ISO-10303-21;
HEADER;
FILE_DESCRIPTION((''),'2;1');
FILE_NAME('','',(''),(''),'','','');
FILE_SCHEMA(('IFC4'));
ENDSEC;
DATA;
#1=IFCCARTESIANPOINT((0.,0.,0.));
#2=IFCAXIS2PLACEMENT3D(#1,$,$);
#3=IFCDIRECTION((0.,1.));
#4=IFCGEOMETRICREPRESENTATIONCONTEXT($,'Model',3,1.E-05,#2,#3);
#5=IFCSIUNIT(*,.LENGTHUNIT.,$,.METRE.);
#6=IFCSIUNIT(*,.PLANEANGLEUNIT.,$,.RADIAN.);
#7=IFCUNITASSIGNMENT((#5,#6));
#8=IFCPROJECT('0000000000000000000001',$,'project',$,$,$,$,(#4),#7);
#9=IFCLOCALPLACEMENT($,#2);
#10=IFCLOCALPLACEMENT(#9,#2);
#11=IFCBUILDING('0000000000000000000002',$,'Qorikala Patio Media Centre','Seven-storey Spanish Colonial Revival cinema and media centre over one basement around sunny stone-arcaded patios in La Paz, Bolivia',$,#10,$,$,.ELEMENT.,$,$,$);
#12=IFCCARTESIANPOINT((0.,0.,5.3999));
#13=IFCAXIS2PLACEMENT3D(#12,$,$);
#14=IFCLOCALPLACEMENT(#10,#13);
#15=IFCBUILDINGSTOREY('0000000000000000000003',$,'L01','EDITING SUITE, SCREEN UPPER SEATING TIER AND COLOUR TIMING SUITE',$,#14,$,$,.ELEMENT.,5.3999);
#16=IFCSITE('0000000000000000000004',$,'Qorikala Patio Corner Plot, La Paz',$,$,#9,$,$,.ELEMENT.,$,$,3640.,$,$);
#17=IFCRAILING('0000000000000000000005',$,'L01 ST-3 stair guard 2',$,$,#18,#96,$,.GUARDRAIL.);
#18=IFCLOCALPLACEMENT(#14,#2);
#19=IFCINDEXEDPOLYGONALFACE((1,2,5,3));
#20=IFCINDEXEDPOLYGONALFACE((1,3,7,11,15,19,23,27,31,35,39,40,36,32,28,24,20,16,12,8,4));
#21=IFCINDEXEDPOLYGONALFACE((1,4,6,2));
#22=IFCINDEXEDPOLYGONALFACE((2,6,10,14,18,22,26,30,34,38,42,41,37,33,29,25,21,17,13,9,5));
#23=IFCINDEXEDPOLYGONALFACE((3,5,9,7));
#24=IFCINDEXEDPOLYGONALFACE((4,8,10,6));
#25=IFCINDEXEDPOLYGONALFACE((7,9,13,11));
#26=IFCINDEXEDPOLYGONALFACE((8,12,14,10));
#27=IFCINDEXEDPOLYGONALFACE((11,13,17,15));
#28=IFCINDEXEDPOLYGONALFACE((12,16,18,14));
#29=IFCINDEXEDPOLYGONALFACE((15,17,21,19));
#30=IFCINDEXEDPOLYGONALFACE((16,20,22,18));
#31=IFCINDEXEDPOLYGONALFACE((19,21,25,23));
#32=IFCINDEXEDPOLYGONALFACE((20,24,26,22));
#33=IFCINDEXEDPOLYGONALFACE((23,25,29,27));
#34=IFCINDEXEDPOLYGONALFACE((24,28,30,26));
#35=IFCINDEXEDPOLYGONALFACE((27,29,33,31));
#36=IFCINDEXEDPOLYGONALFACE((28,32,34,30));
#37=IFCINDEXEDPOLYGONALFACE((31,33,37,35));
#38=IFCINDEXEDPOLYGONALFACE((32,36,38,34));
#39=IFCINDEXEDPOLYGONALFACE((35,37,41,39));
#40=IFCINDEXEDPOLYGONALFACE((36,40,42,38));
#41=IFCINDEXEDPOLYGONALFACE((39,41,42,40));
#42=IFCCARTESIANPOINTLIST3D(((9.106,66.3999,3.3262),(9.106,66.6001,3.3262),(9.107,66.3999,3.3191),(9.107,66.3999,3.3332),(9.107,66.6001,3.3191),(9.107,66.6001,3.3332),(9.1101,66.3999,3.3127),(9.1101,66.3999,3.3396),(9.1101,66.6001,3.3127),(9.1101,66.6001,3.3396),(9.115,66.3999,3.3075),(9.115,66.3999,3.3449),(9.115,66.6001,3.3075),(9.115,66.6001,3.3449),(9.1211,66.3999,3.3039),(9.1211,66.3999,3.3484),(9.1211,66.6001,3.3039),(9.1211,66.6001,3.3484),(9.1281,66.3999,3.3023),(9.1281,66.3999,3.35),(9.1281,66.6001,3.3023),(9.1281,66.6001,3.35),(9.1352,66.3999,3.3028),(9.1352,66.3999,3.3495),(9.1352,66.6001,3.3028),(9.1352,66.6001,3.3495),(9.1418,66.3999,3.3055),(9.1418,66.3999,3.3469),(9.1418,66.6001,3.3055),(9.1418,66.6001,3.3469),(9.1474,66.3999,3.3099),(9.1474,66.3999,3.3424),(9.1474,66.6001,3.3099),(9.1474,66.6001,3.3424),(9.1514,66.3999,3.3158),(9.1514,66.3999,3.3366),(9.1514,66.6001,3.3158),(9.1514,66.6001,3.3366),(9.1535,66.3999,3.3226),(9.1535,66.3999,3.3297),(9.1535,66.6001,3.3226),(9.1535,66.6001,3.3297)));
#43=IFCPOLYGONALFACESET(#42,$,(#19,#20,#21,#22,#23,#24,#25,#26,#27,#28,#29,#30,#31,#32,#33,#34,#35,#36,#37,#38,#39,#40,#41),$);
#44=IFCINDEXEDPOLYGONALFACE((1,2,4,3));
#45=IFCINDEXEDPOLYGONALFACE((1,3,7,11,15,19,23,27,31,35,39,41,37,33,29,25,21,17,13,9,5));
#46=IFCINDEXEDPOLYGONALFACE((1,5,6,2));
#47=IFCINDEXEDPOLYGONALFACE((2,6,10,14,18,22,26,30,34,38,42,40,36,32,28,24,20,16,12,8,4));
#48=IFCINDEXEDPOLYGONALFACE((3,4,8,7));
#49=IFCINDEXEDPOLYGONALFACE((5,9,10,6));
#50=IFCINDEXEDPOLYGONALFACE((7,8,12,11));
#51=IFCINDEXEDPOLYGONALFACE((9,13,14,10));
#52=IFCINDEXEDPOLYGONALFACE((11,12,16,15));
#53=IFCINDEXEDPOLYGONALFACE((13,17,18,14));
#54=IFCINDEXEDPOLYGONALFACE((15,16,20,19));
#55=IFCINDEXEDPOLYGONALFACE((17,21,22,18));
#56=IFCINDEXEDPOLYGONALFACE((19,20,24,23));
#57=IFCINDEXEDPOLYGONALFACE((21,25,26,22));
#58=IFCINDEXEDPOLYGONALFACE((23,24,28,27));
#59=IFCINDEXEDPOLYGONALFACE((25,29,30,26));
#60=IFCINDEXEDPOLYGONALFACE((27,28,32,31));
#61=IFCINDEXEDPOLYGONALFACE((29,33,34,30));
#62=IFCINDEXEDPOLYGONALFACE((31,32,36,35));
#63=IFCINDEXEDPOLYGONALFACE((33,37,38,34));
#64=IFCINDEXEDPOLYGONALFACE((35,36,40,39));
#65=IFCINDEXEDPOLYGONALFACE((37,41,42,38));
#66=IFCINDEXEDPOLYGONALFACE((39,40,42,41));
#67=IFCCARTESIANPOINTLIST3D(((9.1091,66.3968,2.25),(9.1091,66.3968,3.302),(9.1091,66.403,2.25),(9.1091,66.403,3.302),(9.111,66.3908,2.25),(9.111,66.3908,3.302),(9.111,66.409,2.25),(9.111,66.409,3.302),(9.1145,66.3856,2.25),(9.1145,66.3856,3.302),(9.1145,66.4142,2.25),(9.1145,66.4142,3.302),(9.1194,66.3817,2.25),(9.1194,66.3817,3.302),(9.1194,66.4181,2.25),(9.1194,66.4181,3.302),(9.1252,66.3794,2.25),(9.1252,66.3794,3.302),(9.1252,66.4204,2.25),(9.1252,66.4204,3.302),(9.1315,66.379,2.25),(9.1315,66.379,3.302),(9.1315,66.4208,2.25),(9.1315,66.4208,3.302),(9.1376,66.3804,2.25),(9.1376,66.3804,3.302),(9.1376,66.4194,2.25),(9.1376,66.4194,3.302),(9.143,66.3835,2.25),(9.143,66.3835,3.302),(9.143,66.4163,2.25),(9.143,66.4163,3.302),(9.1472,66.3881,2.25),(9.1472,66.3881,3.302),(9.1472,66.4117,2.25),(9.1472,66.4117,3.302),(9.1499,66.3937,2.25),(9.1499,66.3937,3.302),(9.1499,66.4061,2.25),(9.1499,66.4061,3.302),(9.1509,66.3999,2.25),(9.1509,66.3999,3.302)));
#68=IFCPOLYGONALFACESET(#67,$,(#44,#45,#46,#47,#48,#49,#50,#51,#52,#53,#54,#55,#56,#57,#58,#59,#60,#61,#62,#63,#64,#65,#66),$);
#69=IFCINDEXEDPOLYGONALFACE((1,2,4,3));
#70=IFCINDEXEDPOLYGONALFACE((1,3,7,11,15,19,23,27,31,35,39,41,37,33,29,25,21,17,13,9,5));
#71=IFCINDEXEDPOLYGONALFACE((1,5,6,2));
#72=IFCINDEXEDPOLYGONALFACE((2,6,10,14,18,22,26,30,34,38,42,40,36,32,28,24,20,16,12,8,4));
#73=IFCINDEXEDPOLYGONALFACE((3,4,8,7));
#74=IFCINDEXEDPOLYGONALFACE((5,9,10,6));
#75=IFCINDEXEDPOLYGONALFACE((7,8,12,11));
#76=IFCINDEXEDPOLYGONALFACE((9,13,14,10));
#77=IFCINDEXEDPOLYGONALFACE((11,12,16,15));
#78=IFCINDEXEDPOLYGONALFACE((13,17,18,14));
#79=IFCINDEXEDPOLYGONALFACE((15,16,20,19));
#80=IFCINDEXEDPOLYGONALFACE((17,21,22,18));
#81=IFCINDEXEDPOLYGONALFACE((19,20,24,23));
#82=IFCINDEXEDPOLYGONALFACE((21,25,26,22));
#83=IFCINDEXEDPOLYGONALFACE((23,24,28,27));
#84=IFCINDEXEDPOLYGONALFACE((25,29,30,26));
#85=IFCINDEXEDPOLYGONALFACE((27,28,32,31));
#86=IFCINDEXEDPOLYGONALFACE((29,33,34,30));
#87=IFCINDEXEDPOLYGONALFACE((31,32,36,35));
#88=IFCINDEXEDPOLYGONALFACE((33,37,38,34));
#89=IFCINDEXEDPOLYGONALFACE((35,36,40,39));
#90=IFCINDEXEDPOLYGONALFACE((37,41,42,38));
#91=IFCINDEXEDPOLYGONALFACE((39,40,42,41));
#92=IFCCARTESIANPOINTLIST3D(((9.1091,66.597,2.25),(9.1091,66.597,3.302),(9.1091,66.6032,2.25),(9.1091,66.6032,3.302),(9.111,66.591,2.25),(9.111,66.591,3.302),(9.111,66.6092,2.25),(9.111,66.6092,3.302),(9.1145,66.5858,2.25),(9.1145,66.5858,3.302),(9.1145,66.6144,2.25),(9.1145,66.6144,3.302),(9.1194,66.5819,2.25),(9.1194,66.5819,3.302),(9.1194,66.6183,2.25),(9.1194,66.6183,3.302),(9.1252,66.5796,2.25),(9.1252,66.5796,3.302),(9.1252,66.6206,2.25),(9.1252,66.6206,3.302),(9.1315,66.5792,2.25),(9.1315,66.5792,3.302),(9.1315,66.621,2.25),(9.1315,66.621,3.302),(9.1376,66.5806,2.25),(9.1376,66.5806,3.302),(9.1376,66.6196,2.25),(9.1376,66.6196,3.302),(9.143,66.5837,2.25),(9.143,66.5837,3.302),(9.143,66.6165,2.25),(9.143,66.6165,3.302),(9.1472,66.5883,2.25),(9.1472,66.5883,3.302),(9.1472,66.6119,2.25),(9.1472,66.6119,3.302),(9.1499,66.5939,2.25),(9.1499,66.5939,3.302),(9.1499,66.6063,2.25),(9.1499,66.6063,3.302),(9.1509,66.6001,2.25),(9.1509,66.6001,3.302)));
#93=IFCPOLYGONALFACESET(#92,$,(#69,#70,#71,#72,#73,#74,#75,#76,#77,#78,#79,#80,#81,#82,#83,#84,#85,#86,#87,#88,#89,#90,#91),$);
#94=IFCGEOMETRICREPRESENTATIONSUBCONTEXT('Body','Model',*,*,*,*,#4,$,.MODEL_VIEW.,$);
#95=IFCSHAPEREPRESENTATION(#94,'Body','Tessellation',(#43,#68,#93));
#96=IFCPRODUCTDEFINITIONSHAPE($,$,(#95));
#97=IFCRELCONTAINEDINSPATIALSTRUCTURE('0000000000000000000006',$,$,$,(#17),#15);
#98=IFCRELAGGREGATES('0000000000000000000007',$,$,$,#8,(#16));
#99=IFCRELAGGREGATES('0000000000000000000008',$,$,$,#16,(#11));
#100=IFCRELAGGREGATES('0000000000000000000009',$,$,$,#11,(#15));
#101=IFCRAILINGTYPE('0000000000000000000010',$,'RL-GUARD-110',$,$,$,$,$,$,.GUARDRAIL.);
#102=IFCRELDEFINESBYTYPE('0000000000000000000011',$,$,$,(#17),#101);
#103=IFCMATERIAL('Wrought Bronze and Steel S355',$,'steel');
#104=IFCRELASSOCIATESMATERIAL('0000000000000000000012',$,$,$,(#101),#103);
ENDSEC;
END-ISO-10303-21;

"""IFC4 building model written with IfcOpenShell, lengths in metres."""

from ifc_helpers import new_model, si_unit, direction, frame, origin, origin_2d, place, context, subcontext, project, spatial, circle, extrude, material, type_object, element, save


model = new_model("IFC4")

# Units and contexts
model_context = context("Model", 3, precision=1e-05, world=origin(), true_north=direction((0.0, 1.0)))
body_context = subcontext(model_context, "Body", "Model", "MODEL_VIEW")
ifc_project = project(units=[si_unit("LENGTHUNIT", "METRE"), si_unit("PLANEANGLEUNIT", "RADIAN")], contexts=[model_context])

# Site, building, storey
site_placement = place(None, origin())
site = spatial("IfcSite", under=ifc_project, at=site_placement, Name="Qorikala Patio Corner Plot, La Paz", CompositionType="ELEMENT", RefElevation=3640.0)
building_placement = place(site_placement, origin())
building = spatial("IfcBuilding", under=site, at=building_placement, Name="Qorikala Patio Media Centre", Description="Seven-storey Spanish Colonial Revival cinema and media centre over one basement around sunny stone-arcaded patios in La Paz, Bolivia", CompositionType="ELEMENT")
storey_placement = place(building_placement, frame((0.0, 0.0, 5.3999)))
storey = spatial("IfcBuildingStorey", under=building, at=storey_placement, Name="L01", Description="EDITING SUITE, SCREEN UPPER SEATING TIER AND COLOUR TIMING SUITE", CompositionType="ELEMENT", Elevation=5.3999)

# Railing
ifc_material_1 = material(Name="Wrought Bronze and Steel S355", Category="steel")
railing_type_1 = type_object("IfcRailingType", Name="RL-GUARD-110", PredefinedType="GUARDRAIL", material=ifc_material_1)
railing_1_placement = place(storey_placement, frame((9.1299, 66.3999, 2.25)))
element("IfcRailing", 1, at=railing_1_placement, inside=storey, type_object=railing_type_1, Name="L01 ST-3 stair guard 2", PredefinedType="GUARDRAIL", context=body_context, shape_type="SweptSolid", body=[
    extrude(circle(Radius=0.0239, at=origin_2d()), frame((0.0, 0.0, 1.0762), z_axis=(0.0, 1.0, 0.0), x_axis=(-1.0, 0.0, 0.0)), (0.0, 0.0, 1.0), 0.2002),
    extrude(circle(Radius=0.021, at=origin_2d()), origin(), (0.0, 0.0, 1.0), 1.052),
    extrude(circle(Radius=0.021, at=origin_2d()), frame((0.0, 0.2002, 0.0)), (0.0, 0.0, 1.0), 1.052),
])

save(model, "model.ifc")
